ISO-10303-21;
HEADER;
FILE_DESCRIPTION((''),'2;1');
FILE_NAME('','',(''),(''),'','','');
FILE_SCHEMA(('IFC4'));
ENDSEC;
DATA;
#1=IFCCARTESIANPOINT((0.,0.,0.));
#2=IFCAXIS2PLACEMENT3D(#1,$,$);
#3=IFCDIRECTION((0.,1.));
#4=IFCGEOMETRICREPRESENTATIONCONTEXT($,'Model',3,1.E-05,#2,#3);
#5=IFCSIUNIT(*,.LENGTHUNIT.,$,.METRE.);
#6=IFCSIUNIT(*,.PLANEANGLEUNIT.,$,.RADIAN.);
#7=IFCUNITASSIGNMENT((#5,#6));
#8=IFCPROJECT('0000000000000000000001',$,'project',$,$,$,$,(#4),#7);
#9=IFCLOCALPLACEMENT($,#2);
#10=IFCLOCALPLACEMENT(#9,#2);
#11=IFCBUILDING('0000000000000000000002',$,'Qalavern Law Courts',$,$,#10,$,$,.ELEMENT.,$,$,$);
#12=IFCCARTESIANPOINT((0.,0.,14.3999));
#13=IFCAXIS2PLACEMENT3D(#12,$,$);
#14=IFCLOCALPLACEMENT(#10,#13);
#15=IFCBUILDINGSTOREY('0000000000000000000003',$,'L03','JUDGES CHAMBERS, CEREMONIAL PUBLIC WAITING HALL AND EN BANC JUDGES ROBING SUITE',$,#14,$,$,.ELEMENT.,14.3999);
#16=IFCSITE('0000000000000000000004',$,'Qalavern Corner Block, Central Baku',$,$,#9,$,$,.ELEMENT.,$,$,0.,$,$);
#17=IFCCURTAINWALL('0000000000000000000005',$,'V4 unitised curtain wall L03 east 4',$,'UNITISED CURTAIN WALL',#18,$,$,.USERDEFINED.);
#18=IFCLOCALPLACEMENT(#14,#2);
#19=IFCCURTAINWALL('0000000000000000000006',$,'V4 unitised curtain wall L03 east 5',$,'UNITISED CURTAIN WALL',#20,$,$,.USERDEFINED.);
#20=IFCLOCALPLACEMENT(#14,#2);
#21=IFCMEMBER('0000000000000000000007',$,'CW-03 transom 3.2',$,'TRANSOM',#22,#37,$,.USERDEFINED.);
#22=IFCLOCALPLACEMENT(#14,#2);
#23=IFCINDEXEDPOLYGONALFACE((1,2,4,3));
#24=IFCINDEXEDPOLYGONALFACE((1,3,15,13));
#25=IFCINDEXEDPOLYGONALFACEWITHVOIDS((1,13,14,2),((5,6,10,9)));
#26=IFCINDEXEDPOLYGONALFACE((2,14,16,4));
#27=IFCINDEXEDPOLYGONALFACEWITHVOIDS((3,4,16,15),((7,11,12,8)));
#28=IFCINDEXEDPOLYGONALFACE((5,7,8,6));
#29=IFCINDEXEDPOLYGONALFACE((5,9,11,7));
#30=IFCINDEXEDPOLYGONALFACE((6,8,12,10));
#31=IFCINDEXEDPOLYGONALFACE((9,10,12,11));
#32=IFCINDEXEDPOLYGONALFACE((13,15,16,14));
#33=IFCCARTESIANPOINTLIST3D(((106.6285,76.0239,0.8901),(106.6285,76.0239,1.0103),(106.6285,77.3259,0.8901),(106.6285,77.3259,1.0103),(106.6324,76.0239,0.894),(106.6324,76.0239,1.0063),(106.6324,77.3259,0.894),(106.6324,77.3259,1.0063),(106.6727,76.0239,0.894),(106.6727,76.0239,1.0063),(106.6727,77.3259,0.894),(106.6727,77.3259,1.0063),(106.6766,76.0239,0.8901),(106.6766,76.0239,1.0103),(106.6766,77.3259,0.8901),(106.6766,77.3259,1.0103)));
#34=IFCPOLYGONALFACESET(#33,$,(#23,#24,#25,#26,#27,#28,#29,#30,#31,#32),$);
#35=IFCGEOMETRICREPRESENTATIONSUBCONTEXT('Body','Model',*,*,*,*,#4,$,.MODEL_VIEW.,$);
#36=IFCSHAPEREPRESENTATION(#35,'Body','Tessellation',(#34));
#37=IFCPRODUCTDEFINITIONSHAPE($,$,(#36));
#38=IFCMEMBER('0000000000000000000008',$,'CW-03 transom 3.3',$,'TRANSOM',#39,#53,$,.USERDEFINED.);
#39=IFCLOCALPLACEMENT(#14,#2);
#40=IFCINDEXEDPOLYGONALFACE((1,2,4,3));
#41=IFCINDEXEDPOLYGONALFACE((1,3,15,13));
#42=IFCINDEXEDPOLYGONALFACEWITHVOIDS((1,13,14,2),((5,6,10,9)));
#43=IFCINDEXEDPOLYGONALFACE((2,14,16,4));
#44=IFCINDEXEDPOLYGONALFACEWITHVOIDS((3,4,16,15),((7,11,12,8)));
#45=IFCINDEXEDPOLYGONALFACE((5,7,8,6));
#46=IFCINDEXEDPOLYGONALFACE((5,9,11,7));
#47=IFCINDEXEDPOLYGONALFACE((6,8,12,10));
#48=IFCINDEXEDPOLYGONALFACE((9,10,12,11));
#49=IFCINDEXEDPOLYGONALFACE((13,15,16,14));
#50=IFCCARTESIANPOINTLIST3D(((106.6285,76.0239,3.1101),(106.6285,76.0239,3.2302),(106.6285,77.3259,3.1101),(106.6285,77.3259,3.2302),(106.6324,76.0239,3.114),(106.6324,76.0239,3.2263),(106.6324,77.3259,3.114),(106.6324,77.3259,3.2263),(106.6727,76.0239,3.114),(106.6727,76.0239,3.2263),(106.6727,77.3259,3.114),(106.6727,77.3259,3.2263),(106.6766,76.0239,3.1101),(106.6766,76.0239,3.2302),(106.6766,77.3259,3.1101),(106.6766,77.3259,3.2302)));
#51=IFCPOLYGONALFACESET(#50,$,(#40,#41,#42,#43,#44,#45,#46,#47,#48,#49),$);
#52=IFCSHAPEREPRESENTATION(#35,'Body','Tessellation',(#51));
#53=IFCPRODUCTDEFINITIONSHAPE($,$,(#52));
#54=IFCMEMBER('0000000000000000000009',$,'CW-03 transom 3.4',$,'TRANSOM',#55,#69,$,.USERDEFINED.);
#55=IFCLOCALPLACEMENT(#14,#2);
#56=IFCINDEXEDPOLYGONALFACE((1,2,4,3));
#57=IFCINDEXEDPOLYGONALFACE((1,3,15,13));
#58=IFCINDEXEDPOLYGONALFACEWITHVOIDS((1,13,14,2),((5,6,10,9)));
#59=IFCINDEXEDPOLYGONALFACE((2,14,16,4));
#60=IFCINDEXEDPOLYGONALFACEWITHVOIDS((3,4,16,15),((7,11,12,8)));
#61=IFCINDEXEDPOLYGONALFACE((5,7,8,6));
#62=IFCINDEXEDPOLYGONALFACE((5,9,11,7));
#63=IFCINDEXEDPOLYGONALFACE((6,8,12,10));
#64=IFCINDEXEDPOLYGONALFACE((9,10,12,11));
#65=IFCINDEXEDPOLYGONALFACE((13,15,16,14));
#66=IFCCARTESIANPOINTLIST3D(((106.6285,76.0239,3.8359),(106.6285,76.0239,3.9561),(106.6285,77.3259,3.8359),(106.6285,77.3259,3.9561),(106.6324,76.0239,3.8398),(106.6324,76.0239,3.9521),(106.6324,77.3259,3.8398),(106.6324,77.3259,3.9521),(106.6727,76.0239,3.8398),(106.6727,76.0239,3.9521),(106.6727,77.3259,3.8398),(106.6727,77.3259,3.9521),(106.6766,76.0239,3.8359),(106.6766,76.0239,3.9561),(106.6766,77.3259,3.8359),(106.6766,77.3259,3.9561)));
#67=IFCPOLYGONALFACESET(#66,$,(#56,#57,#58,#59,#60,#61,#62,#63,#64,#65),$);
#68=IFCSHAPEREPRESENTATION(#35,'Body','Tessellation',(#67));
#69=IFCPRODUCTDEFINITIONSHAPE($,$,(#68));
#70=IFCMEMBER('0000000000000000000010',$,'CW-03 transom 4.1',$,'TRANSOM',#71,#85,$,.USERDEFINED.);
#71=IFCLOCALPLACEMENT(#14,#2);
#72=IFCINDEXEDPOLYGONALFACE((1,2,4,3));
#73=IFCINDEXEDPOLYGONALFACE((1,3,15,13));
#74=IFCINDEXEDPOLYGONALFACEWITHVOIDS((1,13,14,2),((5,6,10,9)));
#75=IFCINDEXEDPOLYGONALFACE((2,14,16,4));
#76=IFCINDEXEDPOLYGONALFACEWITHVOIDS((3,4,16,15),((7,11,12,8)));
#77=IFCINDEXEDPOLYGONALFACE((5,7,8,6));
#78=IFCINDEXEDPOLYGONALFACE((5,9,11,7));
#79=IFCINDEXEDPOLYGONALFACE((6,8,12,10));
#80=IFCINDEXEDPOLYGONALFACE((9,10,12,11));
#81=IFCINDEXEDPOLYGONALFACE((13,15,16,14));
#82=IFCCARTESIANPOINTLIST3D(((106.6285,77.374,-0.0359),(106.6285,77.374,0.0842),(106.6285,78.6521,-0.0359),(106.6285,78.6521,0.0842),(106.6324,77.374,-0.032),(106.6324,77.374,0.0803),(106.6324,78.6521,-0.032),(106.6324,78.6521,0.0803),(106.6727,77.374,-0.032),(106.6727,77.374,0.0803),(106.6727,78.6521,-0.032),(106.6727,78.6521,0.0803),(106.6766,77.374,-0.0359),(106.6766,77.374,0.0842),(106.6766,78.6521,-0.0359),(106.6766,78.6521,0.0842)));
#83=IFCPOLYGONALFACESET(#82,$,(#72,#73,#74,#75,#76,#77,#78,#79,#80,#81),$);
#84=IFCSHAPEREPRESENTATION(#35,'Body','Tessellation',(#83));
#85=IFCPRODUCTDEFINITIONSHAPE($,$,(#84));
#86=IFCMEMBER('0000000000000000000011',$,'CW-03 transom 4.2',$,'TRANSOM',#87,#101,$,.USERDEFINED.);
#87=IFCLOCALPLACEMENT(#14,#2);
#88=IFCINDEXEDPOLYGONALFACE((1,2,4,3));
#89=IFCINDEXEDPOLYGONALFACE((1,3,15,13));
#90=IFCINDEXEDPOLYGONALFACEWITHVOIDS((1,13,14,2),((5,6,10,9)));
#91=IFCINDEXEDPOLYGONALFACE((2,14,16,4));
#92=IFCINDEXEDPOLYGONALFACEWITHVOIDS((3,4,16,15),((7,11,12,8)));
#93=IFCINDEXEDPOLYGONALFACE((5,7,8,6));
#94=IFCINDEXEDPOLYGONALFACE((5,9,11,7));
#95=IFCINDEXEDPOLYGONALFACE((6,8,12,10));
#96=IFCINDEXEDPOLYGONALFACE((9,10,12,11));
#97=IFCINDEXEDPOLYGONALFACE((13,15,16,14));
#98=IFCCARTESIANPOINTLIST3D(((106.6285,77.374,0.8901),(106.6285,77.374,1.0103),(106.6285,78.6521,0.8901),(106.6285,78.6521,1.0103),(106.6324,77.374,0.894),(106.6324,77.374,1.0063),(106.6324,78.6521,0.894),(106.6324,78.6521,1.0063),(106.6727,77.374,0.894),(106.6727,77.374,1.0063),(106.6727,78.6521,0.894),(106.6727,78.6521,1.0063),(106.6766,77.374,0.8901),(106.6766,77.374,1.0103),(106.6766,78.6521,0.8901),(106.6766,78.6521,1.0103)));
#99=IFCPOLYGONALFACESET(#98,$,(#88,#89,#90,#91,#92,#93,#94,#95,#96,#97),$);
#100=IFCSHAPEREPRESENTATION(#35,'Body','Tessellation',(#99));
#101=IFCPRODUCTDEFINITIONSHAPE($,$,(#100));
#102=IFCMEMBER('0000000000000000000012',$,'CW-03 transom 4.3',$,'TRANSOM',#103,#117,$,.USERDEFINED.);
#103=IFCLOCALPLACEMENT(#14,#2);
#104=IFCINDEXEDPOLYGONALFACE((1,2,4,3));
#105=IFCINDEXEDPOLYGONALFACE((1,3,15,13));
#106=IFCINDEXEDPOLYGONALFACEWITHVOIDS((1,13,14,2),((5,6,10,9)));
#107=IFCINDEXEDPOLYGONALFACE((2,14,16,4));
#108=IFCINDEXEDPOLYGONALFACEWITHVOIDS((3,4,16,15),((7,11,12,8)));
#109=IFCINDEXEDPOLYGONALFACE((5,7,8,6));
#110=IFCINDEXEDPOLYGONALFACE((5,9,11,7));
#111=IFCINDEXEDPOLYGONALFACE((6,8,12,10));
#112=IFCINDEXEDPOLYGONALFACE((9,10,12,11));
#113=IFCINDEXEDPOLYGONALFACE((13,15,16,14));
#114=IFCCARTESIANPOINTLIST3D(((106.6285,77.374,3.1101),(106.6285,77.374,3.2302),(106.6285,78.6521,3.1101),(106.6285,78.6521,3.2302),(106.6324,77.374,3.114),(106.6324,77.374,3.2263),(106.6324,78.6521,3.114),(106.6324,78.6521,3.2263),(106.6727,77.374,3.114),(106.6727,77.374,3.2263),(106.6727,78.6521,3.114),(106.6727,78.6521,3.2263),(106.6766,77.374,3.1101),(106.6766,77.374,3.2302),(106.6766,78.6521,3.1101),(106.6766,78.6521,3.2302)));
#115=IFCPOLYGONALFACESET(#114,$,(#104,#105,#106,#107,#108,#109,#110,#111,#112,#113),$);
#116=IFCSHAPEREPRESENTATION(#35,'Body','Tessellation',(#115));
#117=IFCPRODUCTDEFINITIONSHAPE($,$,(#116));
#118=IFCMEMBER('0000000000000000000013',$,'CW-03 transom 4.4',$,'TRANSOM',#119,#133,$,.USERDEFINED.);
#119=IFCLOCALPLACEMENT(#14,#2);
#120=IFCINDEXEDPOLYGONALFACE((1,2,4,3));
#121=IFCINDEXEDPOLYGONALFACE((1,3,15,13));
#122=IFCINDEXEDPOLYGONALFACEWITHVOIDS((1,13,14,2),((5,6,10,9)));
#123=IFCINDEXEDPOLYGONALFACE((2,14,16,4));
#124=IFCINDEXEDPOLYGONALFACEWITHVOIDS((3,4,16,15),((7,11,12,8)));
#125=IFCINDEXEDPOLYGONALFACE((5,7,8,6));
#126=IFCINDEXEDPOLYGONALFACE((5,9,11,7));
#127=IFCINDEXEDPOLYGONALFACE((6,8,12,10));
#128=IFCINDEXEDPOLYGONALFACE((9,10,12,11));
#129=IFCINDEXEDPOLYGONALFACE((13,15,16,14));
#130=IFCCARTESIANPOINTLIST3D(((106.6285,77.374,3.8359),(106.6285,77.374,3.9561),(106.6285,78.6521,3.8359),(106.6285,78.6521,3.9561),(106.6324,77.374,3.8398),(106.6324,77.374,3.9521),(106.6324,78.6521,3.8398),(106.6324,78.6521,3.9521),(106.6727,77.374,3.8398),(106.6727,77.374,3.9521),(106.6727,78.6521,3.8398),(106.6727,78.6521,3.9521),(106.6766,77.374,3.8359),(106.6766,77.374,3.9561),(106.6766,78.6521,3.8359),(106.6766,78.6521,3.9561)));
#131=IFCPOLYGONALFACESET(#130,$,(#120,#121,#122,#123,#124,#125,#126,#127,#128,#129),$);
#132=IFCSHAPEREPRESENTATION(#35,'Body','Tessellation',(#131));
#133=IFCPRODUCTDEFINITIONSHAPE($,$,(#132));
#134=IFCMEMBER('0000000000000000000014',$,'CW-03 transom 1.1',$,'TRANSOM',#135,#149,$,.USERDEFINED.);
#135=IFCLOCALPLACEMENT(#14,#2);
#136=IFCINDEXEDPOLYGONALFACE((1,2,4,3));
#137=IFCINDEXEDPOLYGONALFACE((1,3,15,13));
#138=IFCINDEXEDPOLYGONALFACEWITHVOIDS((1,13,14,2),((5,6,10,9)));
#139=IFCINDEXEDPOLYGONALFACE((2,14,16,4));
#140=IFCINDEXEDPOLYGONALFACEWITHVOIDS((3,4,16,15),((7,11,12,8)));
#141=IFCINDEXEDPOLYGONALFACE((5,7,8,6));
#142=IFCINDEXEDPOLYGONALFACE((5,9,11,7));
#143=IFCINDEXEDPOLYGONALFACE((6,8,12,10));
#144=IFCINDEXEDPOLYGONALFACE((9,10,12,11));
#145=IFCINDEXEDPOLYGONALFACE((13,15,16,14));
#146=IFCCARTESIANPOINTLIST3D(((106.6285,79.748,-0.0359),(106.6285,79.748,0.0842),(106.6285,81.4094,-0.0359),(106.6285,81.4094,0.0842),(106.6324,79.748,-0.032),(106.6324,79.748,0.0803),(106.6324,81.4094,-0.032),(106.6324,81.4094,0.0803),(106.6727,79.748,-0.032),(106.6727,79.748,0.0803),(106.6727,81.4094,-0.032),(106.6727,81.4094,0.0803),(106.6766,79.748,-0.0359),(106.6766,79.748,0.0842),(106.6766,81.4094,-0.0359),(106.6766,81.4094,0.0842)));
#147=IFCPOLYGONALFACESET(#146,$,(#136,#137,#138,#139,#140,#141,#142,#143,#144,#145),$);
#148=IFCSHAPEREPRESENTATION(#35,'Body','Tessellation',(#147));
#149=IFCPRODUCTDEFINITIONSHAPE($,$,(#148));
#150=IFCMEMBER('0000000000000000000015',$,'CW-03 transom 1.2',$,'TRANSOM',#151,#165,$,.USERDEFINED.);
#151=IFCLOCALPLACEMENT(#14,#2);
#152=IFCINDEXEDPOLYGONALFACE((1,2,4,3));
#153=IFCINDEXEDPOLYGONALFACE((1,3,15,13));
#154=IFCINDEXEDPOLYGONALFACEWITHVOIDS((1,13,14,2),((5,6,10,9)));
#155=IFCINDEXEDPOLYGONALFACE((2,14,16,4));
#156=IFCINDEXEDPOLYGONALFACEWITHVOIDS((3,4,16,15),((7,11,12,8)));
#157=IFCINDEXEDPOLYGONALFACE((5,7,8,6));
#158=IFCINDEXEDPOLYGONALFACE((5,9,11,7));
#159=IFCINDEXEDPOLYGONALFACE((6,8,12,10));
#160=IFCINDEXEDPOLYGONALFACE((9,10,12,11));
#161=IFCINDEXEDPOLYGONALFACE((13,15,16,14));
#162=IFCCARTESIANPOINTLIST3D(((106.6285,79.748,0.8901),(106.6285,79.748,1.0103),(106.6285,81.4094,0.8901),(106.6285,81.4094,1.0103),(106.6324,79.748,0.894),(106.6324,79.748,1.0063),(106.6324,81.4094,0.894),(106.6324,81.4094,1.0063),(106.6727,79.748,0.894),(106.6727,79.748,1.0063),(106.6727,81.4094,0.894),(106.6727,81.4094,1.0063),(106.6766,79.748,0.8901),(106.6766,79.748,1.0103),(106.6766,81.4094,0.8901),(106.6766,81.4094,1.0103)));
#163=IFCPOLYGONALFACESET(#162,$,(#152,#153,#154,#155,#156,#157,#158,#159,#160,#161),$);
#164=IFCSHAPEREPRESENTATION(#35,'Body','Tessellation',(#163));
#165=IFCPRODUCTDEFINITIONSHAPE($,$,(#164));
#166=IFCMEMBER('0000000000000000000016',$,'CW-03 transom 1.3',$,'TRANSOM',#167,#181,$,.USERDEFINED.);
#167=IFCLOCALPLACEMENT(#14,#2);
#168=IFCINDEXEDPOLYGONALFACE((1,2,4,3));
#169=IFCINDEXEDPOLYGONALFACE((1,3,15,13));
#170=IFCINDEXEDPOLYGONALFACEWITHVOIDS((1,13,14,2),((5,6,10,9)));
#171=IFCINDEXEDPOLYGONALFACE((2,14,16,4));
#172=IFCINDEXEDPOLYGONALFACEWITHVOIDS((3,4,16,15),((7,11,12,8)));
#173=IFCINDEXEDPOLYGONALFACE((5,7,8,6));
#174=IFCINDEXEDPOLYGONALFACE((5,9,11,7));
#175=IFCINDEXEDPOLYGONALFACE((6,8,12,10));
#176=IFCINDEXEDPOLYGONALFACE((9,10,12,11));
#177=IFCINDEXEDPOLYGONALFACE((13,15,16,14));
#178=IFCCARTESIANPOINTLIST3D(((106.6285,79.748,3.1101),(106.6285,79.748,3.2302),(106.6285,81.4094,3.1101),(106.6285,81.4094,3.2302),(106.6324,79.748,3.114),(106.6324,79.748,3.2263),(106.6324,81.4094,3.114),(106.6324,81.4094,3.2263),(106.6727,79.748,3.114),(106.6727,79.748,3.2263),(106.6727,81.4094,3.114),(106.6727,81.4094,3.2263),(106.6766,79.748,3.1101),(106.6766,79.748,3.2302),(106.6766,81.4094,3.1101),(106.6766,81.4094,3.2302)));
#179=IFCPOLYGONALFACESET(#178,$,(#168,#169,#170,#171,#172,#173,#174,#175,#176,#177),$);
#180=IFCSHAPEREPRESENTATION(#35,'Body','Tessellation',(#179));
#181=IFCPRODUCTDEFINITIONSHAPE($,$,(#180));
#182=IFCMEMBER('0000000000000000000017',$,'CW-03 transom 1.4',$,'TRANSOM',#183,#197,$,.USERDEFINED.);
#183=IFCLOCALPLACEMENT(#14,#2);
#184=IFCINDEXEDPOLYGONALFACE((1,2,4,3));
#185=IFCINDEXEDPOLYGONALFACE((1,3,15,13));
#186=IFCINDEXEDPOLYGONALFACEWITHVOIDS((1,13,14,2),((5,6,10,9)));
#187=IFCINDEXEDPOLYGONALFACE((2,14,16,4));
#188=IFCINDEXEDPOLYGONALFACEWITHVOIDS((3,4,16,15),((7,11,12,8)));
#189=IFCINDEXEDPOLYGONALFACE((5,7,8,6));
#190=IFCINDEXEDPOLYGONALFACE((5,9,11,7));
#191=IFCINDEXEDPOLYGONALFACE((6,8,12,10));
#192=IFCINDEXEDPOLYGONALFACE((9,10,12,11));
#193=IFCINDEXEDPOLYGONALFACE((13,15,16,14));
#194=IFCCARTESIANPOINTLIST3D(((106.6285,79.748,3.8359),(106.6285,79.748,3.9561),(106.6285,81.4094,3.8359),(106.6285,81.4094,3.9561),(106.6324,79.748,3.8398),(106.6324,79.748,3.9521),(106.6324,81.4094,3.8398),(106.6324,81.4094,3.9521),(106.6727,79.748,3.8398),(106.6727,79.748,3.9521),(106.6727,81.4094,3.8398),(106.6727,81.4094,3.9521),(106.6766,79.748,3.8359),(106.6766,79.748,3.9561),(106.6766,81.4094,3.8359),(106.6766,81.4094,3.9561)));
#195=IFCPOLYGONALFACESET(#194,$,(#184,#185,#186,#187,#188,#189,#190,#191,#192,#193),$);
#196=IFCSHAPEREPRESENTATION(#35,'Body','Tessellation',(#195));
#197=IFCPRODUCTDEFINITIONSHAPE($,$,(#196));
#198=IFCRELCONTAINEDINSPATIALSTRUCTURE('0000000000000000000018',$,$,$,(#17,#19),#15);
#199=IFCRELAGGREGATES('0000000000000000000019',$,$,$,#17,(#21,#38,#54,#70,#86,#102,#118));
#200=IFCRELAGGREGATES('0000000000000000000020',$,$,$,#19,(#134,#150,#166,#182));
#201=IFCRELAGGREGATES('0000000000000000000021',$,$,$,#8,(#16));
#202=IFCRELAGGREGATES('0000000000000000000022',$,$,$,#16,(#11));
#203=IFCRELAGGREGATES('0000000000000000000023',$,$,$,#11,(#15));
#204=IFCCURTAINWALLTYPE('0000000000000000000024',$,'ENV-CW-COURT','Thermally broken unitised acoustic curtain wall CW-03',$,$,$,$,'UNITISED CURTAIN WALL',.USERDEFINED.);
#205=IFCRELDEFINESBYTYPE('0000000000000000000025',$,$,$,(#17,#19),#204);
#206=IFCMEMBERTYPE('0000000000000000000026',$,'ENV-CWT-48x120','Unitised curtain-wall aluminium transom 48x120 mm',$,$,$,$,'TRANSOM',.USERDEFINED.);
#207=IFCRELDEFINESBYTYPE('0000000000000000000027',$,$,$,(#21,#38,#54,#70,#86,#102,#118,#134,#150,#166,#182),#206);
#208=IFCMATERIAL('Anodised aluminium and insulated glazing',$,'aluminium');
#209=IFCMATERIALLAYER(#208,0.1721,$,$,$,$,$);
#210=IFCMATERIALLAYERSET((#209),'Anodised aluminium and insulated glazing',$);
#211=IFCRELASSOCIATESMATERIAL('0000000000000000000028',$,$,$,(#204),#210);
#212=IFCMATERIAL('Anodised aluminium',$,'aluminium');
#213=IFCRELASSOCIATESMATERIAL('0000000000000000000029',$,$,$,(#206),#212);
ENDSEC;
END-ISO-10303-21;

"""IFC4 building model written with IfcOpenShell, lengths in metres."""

from ifc_helpers import new_model, si_unit, direction, frame, origin, origin_2d, place, context, subcontext, project, spatial, hollow_rectangle, extrude, material, layer, layer_set, material_profile, profile_set, type_object, element, aggregate, save


model = new_model("IFC4")

# Units and contexts
model_context = context("Model", 3, precision=1e-05, world=origin(), true_north=direction((0.0, 1.0)))
body_context = subcontext(model_context, "Body", "Model", "MODEL_VIEW")
ifc_project = project(units=[si_unit("LENGTHUNIT", "METRE"), si_unit("PLANEANGLEUNIT", "RADIAN")], contexts=[model_context])

# Site, building, storey
site_placement = place(None, origin())
site = spatial("IfcSite", under=ifc_project, at=site_placement, Name="Qalavern Corner Block, Central Baku", CompositionType="ELEMENT", RefElevation=0.0)
building_placement = place(site_placement, origin())
building = spatial("IfcBuilding", under=site, at=building_placement, Name="Qalavern Law Courts", CompositionType="ELEMENT")
storey_placement = place(building_placement, frame((0.0, 0.0, 14.3999)))
storey = spatial("IfcBuildingStorey", under=building, at=storey_placement, Name="L03", Description="JUDGES CHAMBERS, CEREMONIAL PUBLIC WAITING HALL AND EN BANC JUDGES ROBING SUITE", CompositionType="ELEMENT", Elevation=14.3999)

# Curtain wall
ifc_material_1 = material(Name="Anodised aluminium and insulated glazing", Category="aluminium")
ifc_layer_1 = layer(ifc_material_1, 0.1721)
ifc_layer_set_1 = layer_set([ifc_layer_1], Name="Anodised aluminium and insulated glazing")
curtain_wall_type = type_object("IfcCurtainWallType", Name="ENV-CW-COURT", Description="Thermally broken unitised acoustic curtain wall CW-03", ElementType="UNITISED CURTAIN WALL", PredefinedType="USERDEFINED", material=ifc_layer_set_1)
curtain_wall_1_placement = place(storey_placement, origin())
curtain_wall_1 = element("IfcCurtainWall", 1, at=curtain_wall_1_placement, inside=storey, type_object=curtain_wall_type, Name="V4 unitised curtain wall L03 east 4", ObjectType="UNITISED CURTAIN WALL", PredefinedType="USERDEFINED")
ifc_material_2 = material(Name="Anodised aluminium", Category="aluminium")

# Curtain wall
curtain_wall_2_placement = place(storey_placement, origin())
curtain_wall_2 = element("IfcCurtainWall", 2, at=curtain_wall_2_placement, inside=storey, type_object=curtain_wall_type, Name="V4 unitised curtain wall L03 east 5", ObjectType="UNITISED CURTAIN WALL", PredefinedType="USERDEFINED")

# Members
ifc_material_profile_1 = material_profile(ifc_material_2, hollow_rectangle(XDim=0.0481, YDim=0.1201, WallThickness=0.0039, at=origin_2d()), Name="ALU TRANSOM 48x120")
ifc_profile_set_1 = profile_set([ifc_material_profile_1], Name="Anodised aluminium")
member_type_1 = type_object("IfcMemberType", Name="ENV-CWT-48x120", Description="Unitised curtain-wall aluminium transom 48x120 mm", ElementType="TRANSOM", PredefinedType="USERDEFINED", material=ifc_profile_set_1)
member_1_placement = place(storey_placement, frame((106.6526, 76.0239, 0.9502), z_axis=(0.0, 1.0, 0.0), x_axis=(-1.0, 0.0, 0.0)))
member_1 = element("IfcMember", 3, at=member_1_placement, type_object=member_type_1, Name="CW-03 transom 3.2", ObjectType="TRANSOM", PredefinedType="USERDEFINED", context=body_context, shape_type="SweptSolid", body=[
    extrude(hollow_rectangle(XDim=0.0481, YDim=0.1201, WallThickness=0.0039, at=origin_2d()), origin(), (0.0, 0.0, 1.0), 1.302),
])
member_2_placement = place(storey_placement, frame((106.6526, 76.0239, 3.1702), z_axis=(0.0, 1.0, 0.0), x_axis=(-1.0, 0.0, 0.0)))
member_2 = element("IfcMember", 4, at=member_2_placement, type_object=member_type_1, Name="CW-03 transom 3.3", ObjectType="TRANSOM", PredefinedType="USERDEFINED", context=body_context, shape_type="SweptSolid", body=[
    extrude(hollow_rectangle(XDim=0.0481, YDim=0.1201, WallThickness=0.0039, at=origin_2d()), origin(), (0.0, 0.0, 1.0), 1.302),
])
member_3_placement = place(storey_placement, frame((106.6526, 76.0239, 3.896), z_axis=(0.0, 1.0, 0.0), x_axis=(-1.0, 0.0, 0.0)))
member_3 = element("IfcMember", 5, at=member_3_placement, type_object=member_type_1, Name="CW-03 transom 3.4", ObjectType="TRANSOM", PredefinedType="USERDEFINED", context=body_context, shape_type="SweptSolid", body=[
    extrude(hollow_rectangle(XDim=0.0481, YDim=0.1201, WallThickness=0.0039, at=origin_2d()), origin(), (0.0, 0.0, 1.0), 1.302),
])
member_4_placement = place(storey_placement, frame((106.6526, 77.374, 0.0242), z_axis=(0.0, 1.0, 0.0), x_axis=(-1.0, 0.0, 0.0)))
member_4 = element("IfcMember", 6, at=member_4_placement, type_object=member_type_1, Name="CW-03 transom 4.1", ObjectType="TRANSOM", PredefinedType="USERDEFINED", context=body_context, shape_type="SweptSolid", body=[
    extrude(hollow_rectangle(XDim=0.0481, YDim=0.1201, WallThickness=0.0039, at=origin_2d()), origin(), (0.0, 0.0, 1.0), 1.2781),
])
member_5_placement = place(storey_placement, frame((106.6526, 77.374, 0.9502), z_axis=(0.0, 1.0, 0.0), x_axis=(-1.0, 0.0, 0.0)))
member_5 = element("IfcMember", 7, at=member_5_placement, type_object=member_type_1, Name="CW-03 transom 4.2", ObjectType="TRANSOM", PredefinedType="USERDEFINED", context=body_context, shape_type="SweptSolid", body=[
    extrude(hollow_rectangle(XDim=0.0481, YDim=0.1201, WallThickness=0.0039, at=origin_2d()), origin(), (0.0, 0.0, 1.0), 1.2781),
])
member_6_placement = place(storey_placement, frame((106.6526, 77.374, 3.1702), z_axis=(0.0, 1.0, 0.0), x_axis=(-1.0, 0.0, 0.0)))
member_6 = element("IfcMember", 8, at=member_6_placement, type_object=member_type_1, Name="CW-03 transom 4.3", ObjectType="TRANSOM", PredefinedType="USERDEFINED", context=body_context, shape_type="SweptSolid", body=[
    extrude(hollow_rectangle(XDim=0.0481, YDim=0.1201, WallThickness=0.0039, at=origin_2d()), origin(), (0.0, 0.0, 1.0), 1.2781),
])
member_7_placement = place(storey_placement, frame((106.6526, 77.374, 3.896), z_axis=(0.0, 1.0, 0.0), x_axis=(-1.0, 0.0, 0.0)))
member_7 = element("IfcMember", 9, at=member_7_placement, type_object=member_type_1, Name="CW-03 transom 4.4", ObjectType="TRANSOM", PredefinedType="USERDEFINED", context=body_context, shape_type="SweptSolid", body=[
    extrude(hollow_rectangle(XDim=0.0481, YDim=0.1201, WallThickness=0.0039, at=origin_2d()), origin(), (0.0, 0.0, 1.0), 1.2781),
])
member_8_placement = place(storey_placement, frame((106.6526, 79.748, 0.0242), z_axis=(0.0, 1.0, 0.0), x_axis=(-1.0, 0.0, 0.0)))
member_8 = element("IfcMember", 10, at=member_8_placement, type_object=member_type_1, Name="CW-03 transom 1.1", ObjectType="TRANSOM", PredefinedType="USERDEFINED", context=body_context, shape_type="SweptSolid", body=[
    extrude(hollow_rectangle(XDim=0.0481, YDim=0.1201, WallThickness=0.0039, at=origin_2d()), origin(), (0.0, 0.0, 1.0), 1.6614),
])
member_9_placement = place(storey_placement, frame((106.6526, 79.748, 0.9502), z_axis=(0.0, 1.0, 0.0), x_axis=(-1.0, 0.0, 0.0)))
member_9 = element("IfcMember", 11, at=member_9_placement, type_object=member_type_1, Name="CW-03 transom 1.2", ObjectType="TRANSOM", PredefinedType="USERDEFINED", context=body_context, shape_type="SweptSolid", body=[
    extrude(hollow_rectangle(XDim=0.0481, YDim=0.1201, WallThickness=0.0039, at=origin_2d()), origin(), (0.0, 0.0, 1.0), 1.6614),
])
member_10_placement = place(storey_placement, frame((106.6526, 79.748, 3.1702), z_axis=(0.0, 1.0, 0.0), x_axis=(-1.0, 0.0, 0.0)))
member_10 = element("IfcMember", 12, at=member_10_placement, type_object=member_type_1, Name="CW-03 transom 1.3", ObjectType="TRANSOM", PredefinedType="USERDEFINED", context=body_context, shape_type="SweptSolid", body=[
    extrude(hollow_rectangle(XDim=0.0481, YDim=0.1201, WallThickness=0.0039, at=origin_2d()), origin(), (0.0, 0.0, 1.0), 1.6614),
])
member_11_placement = place(storey_placement, frame((106.6526, 79.748, 3.896), z_axis=(0.0, 1.0, 0.0), x_axis=(-1.0, 0.0, 0.0)))
member_11 = element("IfcMember", 13, at=member_11_placement, type_object=member_type_1, Name="CW-03 transom 1.4", ObjectType="TRANSOM", PredefinedType="USERDEFINED", context=body_context, shape_type="SweptSolid", body=[
    extrude(hollow_rectangle(XDim=0.0481, YDim=0.1201, WallThickness=0.0039, at=origin_2d()), origin(), (0.0, 0.0, 1.0), 1.6614),
])

aggregate(curtain_wall_1, [member_1, member_2, member_3, member_4, member_5, member_6, member_7])
aggregate(curtain_wall_2, [member_8, member_9, member_10, member_11])

save(model, "model.ifc")
